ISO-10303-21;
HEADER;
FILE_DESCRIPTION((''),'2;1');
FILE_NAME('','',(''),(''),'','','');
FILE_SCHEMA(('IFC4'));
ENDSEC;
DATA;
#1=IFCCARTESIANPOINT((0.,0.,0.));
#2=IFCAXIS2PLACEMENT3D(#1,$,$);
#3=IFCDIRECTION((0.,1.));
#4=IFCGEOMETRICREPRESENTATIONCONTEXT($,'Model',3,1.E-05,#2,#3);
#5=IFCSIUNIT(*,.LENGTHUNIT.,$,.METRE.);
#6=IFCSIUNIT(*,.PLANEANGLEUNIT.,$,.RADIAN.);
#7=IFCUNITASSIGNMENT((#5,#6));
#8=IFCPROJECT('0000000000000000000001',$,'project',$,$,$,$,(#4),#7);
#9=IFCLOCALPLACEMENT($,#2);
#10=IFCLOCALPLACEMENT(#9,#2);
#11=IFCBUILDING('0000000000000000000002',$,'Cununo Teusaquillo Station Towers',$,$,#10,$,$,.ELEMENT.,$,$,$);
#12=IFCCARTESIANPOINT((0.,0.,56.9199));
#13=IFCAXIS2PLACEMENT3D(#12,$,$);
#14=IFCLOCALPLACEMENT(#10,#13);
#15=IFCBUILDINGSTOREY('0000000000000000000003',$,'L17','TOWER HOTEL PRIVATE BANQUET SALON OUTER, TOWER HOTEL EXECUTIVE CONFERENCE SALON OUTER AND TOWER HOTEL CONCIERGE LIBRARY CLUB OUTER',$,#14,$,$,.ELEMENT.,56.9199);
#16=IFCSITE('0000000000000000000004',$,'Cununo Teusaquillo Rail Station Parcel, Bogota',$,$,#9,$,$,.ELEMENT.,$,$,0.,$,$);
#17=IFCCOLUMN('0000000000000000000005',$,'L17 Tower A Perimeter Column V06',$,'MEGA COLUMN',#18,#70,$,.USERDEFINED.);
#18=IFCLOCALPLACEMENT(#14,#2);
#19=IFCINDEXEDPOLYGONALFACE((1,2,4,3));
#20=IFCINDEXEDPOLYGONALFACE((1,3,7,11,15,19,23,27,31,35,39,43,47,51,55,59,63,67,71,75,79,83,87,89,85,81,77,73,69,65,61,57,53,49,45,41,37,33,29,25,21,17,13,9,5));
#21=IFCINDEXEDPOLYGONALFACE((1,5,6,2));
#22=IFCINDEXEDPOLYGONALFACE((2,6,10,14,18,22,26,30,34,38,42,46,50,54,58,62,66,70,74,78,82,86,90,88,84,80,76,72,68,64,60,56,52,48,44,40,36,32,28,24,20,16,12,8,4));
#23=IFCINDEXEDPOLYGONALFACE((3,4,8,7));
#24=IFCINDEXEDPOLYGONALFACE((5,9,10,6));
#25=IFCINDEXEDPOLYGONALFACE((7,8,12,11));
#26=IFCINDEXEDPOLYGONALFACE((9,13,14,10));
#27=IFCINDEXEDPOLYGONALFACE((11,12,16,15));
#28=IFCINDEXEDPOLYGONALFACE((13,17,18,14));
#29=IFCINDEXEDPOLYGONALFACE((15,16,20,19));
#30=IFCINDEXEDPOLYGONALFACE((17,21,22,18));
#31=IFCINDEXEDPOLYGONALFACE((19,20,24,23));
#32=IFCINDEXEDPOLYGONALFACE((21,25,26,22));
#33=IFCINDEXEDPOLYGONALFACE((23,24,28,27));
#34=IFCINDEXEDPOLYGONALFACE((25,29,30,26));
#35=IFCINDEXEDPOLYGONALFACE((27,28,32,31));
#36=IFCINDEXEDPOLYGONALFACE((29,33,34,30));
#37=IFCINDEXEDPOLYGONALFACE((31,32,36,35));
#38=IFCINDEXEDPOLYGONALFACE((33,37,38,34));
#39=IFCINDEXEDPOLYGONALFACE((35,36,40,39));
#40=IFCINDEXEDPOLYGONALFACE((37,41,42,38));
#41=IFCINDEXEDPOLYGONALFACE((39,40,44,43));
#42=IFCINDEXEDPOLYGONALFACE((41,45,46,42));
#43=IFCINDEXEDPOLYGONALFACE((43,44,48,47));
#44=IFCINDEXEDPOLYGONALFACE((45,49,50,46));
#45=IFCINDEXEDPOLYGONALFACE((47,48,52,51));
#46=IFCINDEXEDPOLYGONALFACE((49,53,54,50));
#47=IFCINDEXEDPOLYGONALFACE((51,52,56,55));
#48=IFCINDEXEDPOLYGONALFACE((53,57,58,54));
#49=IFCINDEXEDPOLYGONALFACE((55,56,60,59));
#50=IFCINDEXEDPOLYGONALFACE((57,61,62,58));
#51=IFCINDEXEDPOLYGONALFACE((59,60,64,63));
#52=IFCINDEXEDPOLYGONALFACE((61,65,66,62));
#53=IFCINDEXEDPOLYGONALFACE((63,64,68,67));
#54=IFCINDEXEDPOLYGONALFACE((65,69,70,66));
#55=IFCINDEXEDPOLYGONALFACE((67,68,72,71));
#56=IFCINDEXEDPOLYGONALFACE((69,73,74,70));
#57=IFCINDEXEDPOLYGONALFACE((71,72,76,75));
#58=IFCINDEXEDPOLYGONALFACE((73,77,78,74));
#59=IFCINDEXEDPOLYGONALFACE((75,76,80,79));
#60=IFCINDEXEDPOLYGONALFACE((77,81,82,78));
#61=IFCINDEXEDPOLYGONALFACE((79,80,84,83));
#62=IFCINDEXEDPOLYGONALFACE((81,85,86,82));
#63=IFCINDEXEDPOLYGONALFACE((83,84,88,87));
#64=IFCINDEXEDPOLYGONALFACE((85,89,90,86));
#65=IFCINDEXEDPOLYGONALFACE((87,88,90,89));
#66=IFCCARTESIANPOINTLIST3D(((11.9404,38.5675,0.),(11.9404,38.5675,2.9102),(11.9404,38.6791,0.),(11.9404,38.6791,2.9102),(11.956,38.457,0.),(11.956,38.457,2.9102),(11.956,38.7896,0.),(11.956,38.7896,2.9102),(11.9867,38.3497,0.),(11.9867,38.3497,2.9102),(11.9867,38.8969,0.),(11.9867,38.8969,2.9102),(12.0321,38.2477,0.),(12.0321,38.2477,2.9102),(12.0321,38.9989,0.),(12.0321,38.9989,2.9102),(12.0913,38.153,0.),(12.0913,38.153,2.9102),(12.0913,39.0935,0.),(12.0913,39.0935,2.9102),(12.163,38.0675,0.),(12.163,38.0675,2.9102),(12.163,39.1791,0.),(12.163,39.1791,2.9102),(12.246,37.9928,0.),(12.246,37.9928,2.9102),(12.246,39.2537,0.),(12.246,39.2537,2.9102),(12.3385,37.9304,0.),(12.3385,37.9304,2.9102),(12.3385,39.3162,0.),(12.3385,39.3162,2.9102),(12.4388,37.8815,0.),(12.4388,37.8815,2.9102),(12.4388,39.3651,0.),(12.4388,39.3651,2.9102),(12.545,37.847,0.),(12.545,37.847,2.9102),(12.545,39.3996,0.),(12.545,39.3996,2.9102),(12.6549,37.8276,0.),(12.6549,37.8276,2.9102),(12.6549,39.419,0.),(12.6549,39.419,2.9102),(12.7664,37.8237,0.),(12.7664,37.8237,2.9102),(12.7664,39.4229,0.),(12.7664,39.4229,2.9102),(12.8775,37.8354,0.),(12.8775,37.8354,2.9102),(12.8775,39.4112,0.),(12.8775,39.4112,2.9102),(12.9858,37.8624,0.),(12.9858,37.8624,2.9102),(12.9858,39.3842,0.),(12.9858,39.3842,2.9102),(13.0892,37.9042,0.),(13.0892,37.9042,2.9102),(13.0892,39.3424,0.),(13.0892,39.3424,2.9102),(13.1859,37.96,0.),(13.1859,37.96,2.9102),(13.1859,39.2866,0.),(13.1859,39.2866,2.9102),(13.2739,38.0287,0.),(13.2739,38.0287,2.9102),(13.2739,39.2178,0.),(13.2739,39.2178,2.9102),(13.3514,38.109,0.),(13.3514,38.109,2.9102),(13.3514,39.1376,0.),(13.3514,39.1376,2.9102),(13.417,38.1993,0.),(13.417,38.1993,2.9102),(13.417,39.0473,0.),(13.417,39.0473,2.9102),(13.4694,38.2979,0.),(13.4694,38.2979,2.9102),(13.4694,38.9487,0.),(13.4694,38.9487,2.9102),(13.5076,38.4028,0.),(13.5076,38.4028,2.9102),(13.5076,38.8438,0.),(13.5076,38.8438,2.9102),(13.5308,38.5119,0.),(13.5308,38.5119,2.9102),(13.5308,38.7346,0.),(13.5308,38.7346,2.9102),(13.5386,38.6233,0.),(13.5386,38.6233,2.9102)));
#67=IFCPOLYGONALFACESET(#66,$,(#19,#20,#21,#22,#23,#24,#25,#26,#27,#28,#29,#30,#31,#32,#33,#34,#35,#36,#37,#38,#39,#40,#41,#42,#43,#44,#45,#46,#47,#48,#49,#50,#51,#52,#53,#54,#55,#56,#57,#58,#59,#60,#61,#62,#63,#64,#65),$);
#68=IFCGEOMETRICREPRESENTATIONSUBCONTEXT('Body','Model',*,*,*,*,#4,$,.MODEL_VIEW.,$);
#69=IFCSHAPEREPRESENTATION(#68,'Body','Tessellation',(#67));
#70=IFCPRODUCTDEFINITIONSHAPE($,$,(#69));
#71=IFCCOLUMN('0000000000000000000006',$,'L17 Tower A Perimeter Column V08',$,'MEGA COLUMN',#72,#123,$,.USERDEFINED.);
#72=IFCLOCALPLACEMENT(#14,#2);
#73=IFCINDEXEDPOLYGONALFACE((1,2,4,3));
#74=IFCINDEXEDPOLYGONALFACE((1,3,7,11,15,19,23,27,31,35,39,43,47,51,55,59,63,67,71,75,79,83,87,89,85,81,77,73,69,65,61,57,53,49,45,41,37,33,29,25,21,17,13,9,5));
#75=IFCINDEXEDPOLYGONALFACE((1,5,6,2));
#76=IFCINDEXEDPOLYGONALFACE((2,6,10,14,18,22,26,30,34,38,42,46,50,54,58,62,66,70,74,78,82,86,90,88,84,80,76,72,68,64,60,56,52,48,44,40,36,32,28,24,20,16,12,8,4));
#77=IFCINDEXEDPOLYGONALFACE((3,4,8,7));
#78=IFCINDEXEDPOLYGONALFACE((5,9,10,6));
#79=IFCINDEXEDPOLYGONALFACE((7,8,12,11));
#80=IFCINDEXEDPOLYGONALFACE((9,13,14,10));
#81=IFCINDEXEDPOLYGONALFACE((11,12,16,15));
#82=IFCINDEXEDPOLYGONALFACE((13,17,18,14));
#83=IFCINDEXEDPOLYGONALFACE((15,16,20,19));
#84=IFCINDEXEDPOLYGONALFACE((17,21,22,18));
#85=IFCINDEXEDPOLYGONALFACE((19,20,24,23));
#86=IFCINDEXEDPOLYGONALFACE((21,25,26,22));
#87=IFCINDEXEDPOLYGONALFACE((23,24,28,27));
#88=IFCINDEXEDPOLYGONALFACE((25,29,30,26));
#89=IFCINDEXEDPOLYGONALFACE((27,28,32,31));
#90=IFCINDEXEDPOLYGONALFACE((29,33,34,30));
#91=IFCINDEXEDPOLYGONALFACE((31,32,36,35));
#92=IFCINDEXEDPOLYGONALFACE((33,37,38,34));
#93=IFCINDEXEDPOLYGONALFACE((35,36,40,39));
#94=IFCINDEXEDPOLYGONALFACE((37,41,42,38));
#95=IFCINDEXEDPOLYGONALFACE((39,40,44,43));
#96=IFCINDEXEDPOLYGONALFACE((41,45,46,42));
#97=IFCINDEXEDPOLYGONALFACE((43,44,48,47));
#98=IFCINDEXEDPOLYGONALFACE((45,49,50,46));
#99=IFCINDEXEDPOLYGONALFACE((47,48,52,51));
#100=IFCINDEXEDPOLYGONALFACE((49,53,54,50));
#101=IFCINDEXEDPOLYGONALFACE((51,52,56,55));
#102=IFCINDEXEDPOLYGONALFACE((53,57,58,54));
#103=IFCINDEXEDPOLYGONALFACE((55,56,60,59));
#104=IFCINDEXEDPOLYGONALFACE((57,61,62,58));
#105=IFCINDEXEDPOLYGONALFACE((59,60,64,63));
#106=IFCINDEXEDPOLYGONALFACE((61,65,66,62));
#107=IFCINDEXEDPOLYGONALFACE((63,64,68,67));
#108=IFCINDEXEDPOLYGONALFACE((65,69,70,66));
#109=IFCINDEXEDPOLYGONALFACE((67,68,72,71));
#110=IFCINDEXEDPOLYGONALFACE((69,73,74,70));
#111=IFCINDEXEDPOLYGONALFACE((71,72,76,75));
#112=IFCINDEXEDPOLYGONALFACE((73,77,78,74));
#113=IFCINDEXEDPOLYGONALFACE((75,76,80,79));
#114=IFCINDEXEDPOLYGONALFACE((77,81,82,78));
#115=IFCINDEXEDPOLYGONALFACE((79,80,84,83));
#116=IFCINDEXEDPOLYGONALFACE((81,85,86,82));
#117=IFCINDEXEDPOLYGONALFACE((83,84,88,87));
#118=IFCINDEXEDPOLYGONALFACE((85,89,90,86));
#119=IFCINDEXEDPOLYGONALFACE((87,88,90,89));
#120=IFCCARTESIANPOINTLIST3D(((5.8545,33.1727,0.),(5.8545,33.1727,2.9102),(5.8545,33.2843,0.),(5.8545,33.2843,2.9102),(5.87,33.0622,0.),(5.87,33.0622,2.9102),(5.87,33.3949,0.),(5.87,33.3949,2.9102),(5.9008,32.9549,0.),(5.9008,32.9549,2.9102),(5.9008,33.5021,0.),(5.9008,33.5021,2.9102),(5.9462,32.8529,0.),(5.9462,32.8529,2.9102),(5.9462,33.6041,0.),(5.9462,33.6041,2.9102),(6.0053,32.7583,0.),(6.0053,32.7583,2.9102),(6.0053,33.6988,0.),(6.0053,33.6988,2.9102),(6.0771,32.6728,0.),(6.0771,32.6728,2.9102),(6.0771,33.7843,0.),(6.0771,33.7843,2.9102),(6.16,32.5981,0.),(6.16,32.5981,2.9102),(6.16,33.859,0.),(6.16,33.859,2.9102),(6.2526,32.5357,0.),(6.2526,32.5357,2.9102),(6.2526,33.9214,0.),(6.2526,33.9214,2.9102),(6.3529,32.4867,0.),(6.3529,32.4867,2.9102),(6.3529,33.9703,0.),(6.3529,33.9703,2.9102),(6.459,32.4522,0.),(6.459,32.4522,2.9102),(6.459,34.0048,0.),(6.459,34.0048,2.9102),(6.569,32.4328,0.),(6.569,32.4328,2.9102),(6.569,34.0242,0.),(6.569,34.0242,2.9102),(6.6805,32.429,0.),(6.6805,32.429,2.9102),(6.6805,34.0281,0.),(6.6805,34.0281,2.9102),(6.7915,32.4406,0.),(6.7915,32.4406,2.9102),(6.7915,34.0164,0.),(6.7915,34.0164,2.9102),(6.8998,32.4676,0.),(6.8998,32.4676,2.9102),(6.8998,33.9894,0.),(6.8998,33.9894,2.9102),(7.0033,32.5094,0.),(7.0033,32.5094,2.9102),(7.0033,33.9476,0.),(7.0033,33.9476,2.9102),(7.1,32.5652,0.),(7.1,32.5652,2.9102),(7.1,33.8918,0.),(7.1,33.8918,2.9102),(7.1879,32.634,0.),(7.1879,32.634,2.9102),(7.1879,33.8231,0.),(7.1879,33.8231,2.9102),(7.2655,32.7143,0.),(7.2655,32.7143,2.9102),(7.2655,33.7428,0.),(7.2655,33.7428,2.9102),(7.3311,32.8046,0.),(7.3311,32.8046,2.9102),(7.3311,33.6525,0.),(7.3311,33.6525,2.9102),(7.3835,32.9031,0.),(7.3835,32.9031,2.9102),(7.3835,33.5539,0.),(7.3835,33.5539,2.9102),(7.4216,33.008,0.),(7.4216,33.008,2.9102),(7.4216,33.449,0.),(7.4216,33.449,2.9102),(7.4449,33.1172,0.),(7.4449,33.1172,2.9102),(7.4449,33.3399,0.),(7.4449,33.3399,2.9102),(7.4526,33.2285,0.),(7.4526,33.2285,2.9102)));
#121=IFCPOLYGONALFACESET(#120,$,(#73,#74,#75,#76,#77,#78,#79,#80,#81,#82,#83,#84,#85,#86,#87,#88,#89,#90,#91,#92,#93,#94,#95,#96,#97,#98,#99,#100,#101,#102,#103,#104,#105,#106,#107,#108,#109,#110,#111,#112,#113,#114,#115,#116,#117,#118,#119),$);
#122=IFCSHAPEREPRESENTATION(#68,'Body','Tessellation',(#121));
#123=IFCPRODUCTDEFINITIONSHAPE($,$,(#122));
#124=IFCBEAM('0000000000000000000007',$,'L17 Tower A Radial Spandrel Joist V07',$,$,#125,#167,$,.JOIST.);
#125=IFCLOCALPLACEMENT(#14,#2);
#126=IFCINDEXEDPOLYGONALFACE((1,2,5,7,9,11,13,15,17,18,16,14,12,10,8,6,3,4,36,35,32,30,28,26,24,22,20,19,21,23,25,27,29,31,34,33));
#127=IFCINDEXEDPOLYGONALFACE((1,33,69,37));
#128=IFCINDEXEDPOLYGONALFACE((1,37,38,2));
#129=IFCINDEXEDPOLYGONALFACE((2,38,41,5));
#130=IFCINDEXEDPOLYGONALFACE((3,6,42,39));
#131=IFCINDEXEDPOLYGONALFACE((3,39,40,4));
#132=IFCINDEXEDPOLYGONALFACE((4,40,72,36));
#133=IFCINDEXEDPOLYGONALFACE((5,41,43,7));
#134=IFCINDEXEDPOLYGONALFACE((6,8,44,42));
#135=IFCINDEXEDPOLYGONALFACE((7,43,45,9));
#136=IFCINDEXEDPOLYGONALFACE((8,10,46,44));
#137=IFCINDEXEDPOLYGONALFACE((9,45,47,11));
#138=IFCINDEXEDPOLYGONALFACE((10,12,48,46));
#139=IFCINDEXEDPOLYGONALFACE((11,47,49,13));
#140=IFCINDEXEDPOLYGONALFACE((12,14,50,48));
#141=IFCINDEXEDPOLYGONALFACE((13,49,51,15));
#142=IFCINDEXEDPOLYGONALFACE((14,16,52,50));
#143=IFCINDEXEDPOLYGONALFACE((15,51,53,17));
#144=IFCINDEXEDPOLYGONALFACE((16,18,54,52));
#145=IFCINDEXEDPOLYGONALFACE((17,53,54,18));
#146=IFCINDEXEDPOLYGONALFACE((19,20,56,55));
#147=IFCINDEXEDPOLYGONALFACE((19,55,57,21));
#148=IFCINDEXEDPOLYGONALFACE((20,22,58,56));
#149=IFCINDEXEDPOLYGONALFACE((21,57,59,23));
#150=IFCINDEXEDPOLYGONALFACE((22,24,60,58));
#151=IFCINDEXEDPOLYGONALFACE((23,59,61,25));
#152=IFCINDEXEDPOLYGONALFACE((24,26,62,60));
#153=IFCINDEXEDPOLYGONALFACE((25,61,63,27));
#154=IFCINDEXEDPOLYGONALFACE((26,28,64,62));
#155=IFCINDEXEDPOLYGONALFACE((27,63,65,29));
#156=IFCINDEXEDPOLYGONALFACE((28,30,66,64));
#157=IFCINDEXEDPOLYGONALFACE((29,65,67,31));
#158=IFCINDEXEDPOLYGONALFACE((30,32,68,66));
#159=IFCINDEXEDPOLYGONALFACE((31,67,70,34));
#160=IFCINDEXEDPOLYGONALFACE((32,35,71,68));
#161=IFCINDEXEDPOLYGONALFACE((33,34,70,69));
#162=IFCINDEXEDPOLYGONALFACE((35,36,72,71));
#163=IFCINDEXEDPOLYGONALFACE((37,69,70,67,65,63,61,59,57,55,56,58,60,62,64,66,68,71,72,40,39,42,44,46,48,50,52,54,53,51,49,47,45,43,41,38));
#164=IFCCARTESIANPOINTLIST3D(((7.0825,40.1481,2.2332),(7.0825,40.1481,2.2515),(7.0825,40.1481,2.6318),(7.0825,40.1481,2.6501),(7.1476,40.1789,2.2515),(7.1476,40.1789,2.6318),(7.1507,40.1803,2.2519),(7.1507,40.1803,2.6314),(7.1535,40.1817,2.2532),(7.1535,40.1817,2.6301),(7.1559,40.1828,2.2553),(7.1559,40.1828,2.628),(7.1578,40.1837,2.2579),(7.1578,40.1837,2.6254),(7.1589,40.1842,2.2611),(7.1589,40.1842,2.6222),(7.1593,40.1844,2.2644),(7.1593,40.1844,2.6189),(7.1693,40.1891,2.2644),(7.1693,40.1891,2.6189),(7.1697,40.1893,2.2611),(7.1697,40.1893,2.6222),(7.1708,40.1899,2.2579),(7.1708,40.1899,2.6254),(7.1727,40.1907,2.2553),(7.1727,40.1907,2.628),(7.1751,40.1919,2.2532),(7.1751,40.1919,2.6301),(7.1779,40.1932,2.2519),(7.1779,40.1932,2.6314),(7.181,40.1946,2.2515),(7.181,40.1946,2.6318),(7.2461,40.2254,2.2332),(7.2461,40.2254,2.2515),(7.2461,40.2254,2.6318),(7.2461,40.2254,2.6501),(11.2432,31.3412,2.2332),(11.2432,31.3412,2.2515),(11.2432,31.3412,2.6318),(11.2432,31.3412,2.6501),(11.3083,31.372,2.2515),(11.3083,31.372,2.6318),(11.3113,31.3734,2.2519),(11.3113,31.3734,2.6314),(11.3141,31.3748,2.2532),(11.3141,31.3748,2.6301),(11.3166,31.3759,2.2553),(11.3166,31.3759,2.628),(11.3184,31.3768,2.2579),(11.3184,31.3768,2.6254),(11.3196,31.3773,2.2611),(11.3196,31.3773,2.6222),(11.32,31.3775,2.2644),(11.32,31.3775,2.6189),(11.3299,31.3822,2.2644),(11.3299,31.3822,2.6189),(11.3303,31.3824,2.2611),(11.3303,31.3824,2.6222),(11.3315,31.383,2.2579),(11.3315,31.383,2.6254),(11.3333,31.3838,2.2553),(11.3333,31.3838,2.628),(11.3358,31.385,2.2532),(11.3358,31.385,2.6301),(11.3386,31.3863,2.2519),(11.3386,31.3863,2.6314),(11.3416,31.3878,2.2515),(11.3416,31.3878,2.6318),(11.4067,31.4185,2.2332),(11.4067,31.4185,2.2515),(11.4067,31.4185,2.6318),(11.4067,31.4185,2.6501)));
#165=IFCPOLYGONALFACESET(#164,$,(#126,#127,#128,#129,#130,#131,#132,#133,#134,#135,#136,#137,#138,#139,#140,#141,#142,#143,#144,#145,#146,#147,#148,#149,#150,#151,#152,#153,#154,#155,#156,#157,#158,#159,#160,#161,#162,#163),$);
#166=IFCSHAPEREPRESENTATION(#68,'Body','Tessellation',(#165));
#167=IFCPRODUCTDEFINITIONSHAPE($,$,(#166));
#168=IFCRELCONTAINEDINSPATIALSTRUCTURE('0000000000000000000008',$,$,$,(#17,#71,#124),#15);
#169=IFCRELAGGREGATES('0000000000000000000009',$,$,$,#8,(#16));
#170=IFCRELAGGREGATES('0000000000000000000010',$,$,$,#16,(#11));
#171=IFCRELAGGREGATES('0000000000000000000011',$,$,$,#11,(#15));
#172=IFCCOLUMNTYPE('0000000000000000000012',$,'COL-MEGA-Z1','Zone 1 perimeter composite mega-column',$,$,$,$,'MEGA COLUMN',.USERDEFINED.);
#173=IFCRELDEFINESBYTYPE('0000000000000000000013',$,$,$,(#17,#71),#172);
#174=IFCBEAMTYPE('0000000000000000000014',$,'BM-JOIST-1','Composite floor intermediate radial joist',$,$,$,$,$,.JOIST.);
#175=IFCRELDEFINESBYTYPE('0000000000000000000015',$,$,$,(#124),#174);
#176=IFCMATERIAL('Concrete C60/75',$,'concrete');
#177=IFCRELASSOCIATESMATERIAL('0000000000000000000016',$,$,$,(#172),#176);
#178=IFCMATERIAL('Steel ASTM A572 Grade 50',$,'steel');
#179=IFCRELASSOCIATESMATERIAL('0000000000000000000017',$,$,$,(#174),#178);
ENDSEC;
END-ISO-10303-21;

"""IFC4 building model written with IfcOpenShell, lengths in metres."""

from ifc_helpers import new_model, si_unit, direction, frame, origin, origin_2d, place, context, subcontext, project, spatial, circle, i_section, extrude, material, material_profile, profile_set, type_object, element, save


model = new_model("IFC4")

# Units and contexts
model_context = context("Model", 3, precision=1e-05, world=origin(), true_north=direction((0.0, 1.0)))
body_context = subcontext(model_context, "Body", "Model", "MODEL_VIEW")
ifc_project = project(units=[si_unit("LENGTHUNIT", "METRE"), si_unit("PLANEANGLEUNIT", "RADIAN")], contexts=[model_context])

# Site, building, storey
site_placement = place(None, origin())
site = spatial("IfcSite", under=ifc_project, at=site_placement, Name="Cununo Teusaquillo Rail Station Parcel, Bogota", CompositionType="ELEMENT", RefElevation=0.0)
building_placement = place(site_placement, origin())
building = spatial("IfcBuilding", under=site, at=building_placement, Name="Cununo Teusaquillo Station Towers", CompositionType="ELEMENT")
storey_placement = place(building_placement, frame((0.0, 0.0, 56.9199)))
storey = spatial("IfcBuildingStorey", under=building, at=storey_placement, Name="L17", Description="TOWER HOTEL PRIVATE BANQUET SALON OUTER, TOWER HOTEL EXECUTIVE CONFERENCE SALON OUTER AND TOWER HOTEL CONCIERGE LIBRARY CLUB OUTER", CompositionType="ELEMENT", Elevation=56.9199)

# Columns
ifc_material_1 = material(Name="Concrete C60/75", Category="concrete")
ifc_material_profile_1 = material_profile(ifc_material_1, circle(Radius=0.8, at=origin_2d()), Name="RC-CIRC-1600")
ifc_profile_set_1 = profile_set([ifc_material_profile_1], Name="Concrete C60/75")
column_type = type_object("IfcColumnType", Name="COL-MEGA-Z1", Description="Zone 1 perimeter composite mega-column", ElementType="MEGA COLUMN", PredefinedType="USERDEFINED", material=ifc_profile_set_1)
for number, where, z_axis, x_axis, name in (
    (1, (12.7385, 38.6233, 0.0), (0.0, 0.0, 1.0), (1.0, 0.0, 0.0), "L17 Tower A Perimeter Column V06"),
    (2, (6.6526, 33.2285, 0.0), (0.0, 0.0, 1.0), (1.0, 0.0, 0.0), "L17 Tower A Perimeter Column V08"),
):
    element("IfcColumn", number, at=place(storey_placement, frame(where, z_axis=z_axis, x_axis=x_axis)), inside=storey, type_object=column_type, Name=name, ObjectType="MEGA COLUMN", PredefinedType="USERDEFINED", context=body_context, shape_type="SweptSolid", body=[
        extrude(circle(Radius=0.8, at=origin_2d()), origin(), (0.0, 0.0, 1.0), 2.9102),
    ])

# Beam
ifc_material_2 = material(Name="Steel ASTM A572 Grade 50", Category="steel")
ifc_material_profile_2 = material_profile(ifc_material_2, i_section(OverallWidth=0.1809, OverallDepth=0.417, WebThickness=0.011, FlangeThickness=0.0183, FilletRadius=0.0129, at=origin_2d()), Name="W16X57")
ifc_profile_set_2 = profile_set([ifc_material_profile_2], Name="Steel ASTM A572 Grade 50")
beam_type_1 = type_object("IfcBeamType", Name="BM-JOIST-1", Description="Composite floor intermediate radial joist", PredefinedType="JOIST", material=ifc_profile_set_2)
beam_1_placement = place(storey_placement, frame((11.325, 31.3799, 2.4417), z_axis=(-0.427161, 0.904176, 0.0), x_axis=(-0.904176, -0.427161, 0.0)))
element("IfcBeam", 3, at=beam_1_placement, inside=storey, type_object=beam_type_1, Name="L17 Tower A Radial Spandrel Joist V07", PredefinedType="JOIST", context=body_context, shape_type="SweptSolid", body=[
    extrude(i_section(OverallWidth=0.1809, OverallDepth=0.417, WebThickness=0.011, FlangeThickness=0.0183, FilletRadius=0.0129, at=origin_2d()), origin(), (0.0, 0.0, 1.0), 9.7402),
])

save(model, "model.ifc")
